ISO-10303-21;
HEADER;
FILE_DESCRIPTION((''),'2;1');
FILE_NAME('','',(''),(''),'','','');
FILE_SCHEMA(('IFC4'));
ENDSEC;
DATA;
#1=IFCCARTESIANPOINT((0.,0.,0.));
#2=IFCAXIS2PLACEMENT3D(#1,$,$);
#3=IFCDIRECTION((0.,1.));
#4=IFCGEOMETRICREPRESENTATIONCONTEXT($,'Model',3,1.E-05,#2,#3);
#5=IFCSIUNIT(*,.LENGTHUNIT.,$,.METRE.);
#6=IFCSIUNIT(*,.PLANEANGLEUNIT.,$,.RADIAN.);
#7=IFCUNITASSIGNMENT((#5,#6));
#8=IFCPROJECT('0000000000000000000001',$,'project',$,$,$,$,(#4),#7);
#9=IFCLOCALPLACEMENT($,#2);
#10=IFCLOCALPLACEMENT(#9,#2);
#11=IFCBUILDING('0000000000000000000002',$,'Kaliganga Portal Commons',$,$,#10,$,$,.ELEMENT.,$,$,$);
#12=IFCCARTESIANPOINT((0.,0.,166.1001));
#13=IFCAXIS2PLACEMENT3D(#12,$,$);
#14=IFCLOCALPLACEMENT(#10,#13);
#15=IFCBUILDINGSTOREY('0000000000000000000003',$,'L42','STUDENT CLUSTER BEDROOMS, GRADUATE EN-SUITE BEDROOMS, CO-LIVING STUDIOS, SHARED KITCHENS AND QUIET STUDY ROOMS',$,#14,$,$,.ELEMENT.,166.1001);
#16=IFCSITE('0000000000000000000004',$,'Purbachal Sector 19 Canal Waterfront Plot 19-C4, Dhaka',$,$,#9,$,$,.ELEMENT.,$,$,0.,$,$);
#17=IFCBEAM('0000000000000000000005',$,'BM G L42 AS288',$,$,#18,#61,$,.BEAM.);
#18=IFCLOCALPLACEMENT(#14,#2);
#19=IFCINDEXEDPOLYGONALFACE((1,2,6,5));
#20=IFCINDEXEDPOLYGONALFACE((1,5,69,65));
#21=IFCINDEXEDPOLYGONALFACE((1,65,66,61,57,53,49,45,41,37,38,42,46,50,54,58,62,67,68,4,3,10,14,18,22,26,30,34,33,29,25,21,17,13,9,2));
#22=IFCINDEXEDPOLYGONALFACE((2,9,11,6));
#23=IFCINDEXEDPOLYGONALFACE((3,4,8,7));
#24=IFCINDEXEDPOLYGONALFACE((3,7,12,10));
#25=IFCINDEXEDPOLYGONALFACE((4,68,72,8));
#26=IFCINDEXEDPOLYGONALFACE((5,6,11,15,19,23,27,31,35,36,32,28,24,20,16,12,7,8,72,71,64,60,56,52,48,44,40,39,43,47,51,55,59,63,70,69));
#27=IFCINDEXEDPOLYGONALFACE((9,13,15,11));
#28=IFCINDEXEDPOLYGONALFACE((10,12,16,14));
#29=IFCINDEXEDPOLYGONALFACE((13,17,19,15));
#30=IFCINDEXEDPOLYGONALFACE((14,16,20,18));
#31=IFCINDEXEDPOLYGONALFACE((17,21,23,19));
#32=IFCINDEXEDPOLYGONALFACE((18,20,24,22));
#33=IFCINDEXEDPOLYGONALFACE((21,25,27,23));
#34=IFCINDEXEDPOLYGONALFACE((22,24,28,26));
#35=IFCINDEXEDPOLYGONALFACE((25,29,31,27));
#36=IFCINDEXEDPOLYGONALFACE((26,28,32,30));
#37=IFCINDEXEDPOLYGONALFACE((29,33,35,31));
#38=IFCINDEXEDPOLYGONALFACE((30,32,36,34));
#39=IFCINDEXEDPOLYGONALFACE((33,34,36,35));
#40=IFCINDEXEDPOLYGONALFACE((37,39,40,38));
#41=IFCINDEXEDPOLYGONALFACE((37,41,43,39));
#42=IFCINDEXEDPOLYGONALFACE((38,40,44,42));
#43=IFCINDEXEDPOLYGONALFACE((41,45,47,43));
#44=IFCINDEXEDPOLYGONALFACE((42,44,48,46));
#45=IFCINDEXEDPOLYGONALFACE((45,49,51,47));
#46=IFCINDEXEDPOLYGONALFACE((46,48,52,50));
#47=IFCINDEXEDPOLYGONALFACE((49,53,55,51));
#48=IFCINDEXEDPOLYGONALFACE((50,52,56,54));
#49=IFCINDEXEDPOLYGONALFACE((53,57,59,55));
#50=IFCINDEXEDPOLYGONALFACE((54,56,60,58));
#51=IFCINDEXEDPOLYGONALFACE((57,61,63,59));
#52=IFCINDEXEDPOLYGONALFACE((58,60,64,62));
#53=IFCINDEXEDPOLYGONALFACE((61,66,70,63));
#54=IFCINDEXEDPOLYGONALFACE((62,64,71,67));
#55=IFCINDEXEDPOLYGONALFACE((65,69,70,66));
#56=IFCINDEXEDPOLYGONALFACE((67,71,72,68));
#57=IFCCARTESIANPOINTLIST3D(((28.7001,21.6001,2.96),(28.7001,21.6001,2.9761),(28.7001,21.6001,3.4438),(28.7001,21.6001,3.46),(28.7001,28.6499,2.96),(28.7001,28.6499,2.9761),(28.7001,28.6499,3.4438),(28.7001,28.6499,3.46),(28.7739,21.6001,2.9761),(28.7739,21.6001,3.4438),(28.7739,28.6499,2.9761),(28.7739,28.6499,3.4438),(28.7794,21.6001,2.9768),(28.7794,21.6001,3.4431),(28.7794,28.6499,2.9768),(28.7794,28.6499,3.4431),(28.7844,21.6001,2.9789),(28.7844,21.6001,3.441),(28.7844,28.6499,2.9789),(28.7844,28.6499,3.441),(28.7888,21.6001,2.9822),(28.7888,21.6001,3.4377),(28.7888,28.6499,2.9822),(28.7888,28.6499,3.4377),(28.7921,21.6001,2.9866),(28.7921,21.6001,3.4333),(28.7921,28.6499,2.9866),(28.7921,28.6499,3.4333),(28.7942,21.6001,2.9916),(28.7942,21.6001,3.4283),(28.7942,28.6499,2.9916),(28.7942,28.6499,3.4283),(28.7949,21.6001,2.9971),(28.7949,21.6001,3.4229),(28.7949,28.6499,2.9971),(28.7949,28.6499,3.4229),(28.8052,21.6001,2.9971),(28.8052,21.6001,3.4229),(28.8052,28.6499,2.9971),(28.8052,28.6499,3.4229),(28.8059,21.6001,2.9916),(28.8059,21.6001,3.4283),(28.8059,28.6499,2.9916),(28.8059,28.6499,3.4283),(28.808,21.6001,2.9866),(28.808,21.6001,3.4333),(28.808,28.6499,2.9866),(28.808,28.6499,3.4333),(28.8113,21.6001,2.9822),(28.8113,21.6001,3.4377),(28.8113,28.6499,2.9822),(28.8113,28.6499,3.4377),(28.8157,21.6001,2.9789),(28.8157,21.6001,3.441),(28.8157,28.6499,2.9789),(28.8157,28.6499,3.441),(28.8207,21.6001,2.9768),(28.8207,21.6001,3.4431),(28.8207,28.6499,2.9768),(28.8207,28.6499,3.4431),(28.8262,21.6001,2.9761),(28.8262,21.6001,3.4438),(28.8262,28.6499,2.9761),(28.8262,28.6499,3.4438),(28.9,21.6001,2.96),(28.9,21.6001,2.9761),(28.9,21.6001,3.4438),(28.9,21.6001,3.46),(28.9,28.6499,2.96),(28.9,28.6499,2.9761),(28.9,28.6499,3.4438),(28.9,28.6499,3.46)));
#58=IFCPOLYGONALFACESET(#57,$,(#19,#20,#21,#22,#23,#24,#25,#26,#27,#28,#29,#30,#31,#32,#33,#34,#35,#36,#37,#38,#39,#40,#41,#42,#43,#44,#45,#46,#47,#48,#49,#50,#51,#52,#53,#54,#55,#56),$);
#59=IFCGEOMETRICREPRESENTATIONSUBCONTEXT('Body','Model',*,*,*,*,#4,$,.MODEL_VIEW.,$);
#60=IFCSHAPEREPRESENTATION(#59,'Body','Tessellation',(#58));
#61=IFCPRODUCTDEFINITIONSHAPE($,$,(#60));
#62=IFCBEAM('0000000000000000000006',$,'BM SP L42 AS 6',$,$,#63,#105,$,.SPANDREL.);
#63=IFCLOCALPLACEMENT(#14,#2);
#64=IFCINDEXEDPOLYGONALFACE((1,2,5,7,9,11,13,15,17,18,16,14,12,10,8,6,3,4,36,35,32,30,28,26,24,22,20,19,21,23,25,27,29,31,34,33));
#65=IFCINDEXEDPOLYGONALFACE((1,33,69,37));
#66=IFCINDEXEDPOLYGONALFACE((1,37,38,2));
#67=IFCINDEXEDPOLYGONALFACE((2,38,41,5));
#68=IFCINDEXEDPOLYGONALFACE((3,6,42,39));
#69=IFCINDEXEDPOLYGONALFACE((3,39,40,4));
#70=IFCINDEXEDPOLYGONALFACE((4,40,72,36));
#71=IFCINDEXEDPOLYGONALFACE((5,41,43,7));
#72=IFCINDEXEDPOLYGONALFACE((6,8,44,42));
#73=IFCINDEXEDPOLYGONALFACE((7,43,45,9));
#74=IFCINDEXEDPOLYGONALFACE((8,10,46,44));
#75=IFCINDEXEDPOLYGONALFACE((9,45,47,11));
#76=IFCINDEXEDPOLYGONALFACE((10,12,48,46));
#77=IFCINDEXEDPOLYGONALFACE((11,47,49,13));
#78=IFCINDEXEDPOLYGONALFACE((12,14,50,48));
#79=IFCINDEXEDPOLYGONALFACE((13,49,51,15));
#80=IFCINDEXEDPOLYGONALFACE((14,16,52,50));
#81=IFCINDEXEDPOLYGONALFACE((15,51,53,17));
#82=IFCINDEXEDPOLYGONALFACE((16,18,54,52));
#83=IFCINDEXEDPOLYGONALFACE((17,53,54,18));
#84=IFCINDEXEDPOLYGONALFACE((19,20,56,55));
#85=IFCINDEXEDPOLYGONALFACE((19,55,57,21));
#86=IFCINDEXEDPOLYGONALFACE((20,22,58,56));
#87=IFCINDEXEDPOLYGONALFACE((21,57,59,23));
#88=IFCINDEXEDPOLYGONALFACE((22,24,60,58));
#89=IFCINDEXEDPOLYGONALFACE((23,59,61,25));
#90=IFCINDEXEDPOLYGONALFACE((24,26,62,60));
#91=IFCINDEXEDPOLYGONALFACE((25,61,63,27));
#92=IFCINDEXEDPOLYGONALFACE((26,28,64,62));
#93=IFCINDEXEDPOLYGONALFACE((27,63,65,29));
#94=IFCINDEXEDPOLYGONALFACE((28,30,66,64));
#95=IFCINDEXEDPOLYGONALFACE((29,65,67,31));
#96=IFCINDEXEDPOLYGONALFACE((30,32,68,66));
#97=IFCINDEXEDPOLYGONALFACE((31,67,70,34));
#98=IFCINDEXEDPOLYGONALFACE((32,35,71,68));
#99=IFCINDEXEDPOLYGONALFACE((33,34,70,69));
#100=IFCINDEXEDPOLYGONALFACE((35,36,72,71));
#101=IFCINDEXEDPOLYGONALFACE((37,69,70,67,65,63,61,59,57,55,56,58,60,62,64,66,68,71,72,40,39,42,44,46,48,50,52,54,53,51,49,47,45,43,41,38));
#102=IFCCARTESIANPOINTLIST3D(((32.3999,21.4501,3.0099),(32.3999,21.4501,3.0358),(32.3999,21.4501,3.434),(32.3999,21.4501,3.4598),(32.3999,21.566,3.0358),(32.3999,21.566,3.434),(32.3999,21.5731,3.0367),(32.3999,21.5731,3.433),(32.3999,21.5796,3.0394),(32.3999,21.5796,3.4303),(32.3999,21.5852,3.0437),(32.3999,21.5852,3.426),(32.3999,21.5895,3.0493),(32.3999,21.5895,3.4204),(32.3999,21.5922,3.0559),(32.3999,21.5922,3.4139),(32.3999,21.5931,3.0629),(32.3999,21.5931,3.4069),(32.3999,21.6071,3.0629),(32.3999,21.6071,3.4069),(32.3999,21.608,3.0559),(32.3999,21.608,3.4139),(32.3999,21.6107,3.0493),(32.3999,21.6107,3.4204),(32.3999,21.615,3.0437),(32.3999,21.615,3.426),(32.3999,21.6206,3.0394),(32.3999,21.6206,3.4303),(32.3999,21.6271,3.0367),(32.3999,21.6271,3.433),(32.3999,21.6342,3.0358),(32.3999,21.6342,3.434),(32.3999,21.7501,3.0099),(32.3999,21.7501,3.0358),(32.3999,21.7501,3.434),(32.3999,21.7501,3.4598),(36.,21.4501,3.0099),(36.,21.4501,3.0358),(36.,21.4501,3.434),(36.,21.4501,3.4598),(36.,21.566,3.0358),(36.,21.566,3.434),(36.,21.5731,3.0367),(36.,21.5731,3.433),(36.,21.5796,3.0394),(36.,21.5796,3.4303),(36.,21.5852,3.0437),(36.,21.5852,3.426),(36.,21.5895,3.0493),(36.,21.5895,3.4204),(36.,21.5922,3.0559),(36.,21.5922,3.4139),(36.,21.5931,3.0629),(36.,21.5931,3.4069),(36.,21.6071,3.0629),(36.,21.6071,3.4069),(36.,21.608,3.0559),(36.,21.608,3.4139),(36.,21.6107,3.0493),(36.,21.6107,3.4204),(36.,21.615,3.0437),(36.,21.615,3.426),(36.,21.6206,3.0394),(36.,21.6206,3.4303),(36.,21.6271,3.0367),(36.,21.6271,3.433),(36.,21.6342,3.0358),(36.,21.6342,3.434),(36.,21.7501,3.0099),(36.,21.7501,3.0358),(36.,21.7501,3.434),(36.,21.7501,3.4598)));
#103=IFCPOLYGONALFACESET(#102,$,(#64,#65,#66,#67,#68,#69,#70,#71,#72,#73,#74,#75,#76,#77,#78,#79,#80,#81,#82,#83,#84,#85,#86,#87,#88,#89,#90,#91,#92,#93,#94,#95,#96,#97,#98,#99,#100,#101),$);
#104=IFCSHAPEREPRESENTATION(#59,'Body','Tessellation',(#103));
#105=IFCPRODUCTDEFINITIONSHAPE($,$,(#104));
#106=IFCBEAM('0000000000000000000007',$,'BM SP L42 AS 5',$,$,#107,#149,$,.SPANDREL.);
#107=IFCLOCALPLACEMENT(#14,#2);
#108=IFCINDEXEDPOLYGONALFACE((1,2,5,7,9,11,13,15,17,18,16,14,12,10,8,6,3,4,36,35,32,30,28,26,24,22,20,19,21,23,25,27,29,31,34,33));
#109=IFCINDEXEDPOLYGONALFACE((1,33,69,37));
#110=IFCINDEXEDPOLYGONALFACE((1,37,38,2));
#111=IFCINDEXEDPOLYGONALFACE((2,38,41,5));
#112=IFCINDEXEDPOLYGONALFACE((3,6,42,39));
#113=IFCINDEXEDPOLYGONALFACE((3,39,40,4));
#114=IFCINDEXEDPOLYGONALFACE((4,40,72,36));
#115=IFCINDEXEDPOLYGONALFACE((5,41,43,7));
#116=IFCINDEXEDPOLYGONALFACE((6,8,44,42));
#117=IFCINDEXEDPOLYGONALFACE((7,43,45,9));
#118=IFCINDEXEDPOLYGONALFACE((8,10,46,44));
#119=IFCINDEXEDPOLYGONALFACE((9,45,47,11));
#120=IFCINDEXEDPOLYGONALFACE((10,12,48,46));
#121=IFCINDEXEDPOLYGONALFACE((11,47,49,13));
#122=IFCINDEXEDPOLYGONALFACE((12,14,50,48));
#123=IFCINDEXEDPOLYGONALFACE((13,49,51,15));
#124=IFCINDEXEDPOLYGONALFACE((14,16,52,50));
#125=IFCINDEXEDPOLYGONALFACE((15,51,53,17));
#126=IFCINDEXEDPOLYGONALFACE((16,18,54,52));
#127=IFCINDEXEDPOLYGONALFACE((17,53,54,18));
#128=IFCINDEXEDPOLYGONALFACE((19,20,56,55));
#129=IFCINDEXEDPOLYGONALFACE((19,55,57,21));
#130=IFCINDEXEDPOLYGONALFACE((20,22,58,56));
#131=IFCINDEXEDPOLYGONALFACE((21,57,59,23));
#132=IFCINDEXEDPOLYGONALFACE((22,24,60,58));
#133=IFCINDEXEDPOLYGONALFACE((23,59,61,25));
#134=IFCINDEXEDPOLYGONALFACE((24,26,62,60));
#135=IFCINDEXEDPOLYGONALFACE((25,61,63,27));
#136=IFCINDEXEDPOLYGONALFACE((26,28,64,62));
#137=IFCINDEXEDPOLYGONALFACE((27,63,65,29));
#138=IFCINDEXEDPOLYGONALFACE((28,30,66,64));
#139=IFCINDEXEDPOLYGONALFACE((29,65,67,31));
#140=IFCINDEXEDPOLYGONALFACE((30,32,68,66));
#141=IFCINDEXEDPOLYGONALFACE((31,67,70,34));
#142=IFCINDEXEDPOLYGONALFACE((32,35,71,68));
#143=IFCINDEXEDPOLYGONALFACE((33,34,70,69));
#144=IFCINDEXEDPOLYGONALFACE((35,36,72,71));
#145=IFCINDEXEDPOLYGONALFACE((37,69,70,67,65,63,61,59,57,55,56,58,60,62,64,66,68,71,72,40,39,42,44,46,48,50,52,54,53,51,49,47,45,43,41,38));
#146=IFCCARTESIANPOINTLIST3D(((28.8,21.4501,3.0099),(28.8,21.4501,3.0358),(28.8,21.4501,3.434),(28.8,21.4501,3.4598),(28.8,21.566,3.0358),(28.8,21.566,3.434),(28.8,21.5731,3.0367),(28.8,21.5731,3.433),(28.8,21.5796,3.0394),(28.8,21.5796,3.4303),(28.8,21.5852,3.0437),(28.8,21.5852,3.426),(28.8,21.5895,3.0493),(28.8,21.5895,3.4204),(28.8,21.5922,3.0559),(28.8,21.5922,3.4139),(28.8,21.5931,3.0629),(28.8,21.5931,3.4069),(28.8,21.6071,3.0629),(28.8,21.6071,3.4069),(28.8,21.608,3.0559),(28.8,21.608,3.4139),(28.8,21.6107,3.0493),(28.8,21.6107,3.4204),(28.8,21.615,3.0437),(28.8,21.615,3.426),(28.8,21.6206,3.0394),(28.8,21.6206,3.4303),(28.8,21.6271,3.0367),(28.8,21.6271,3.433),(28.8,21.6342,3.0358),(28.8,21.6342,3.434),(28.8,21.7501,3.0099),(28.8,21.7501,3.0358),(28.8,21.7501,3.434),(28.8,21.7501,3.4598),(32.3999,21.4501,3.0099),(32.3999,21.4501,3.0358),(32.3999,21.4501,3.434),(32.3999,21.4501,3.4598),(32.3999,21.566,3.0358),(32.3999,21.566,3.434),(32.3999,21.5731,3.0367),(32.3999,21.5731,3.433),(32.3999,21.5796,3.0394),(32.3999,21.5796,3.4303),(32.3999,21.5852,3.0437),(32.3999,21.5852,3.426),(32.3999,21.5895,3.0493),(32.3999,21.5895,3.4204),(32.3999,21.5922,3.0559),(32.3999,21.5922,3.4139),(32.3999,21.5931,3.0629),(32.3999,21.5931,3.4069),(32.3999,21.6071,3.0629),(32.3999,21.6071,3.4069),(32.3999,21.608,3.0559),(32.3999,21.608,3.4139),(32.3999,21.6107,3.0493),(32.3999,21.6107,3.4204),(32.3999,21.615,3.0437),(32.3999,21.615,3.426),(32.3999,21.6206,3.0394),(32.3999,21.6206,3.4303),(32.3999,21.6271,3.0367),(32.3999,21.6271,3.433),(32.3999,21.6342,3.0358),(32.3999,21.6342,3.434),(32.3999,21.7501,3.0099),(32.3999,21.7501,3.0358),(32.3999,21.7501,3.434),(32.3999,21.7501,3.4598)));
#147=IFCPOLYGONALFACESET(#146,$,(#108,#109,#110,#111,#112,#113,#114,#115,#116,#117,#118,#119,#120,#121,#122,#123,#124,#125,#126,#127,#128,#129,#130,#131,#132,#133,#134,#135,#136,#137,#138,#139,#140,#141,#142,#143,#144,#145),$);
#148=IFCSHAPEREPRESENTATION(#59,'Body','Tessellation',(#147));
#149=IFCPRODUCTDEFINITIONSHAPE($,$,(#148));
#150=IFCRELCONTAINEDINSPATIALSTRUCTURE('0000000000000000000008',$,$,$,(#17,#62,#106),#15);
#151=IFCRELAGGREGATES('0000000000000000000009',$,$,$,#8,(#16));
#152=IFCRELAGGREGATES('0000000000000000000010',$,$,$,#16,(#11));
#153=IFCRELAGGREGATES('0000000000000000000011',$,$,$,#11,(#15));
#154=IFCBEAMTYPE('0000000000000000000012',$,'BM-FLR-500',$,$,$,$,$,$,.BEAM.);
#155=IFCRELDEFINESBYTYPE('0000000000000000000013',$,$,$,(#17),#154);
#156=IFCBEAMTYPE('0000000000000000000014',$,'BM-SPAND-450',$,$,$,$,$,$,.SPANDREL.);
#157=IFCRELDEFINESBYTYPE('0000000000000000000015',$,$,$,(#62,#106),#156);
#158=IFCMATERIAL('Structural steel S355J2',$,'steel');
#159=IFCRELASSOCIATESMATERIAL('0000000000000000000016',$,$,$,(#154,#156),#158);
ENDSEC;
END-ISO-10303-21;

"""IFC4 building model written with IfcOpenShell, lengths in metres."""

from ifc_helpers import new_model, si_unit, direction, frame, origin, origin_2d, place, context, subcontext, project, spatial, i_section, extrude, source, transform, mapped, material, material_profile, profile_set, type_object, element, save


model = new_model("IFC4")

# Units and contexts
model_context = context("Model", 3, precision=1e-05, world=origin(), true_north=direction((0.0, 1.0)))
body_context = subcontext(model_context, "Body", "Model", "MODEL_VIEW")
ifc_project = project(units=[si_unit("LENGTHUNIT", "METRE"), si_unit("PLANEANGLEUNIT", "RADIAN")], contexts=[model_context])

# Site, building, storey
site_placement = place(None, origin())
site = spatial("IfcSite", under=ifc_project, at=site_placement, Name="Purbachal Sector 19 Canal Waterfront Plot 19-C4, Dhaka", CompositionType="ELEMENT", RefElevation=0.0)
building_placement = place(site_placement, origin())
building = spatial("IfcBuilding", under=site, at=building_placement, Name="Kaliganga Portal Commons", CompositionType="ELEMENT")
storey_placement = place(building_placement, frame((0.0, 0.0, 166.1001)))
storey = spatial("IfcBuildingStorey", under=building, at=storey_placement, Name="L42", Description="STUDENT CLUSTER BEDROOMS, GRADUATE EN-SUITE BEDROOMS, CO-LIVING STUDIOS, SHARED KITCHENS AND QUIET STUDY ROOMS", CompositionType="ELEMENT", Elevation=166.1001)

# Beams
ifc_material_1 = material(Name="Structural steel S355J2", Category="steel")
ifc_material_profile_1 = material_profile(ifc_material_1, i_section(OverallWidth=0.2, OverallDepth=0.5, WebThickness=0.0103, FlangeThickness=0.0161, FilletRadius=0.021, at=origin_2d()), Name="IPE 500")
ifc_profile_set_1 = profile_set([ifc_material_profile_1], Name="Structural steel S355J2 wide-flange")
beam_type_1 = type_object("IfcBeamType", Name="BM-FLR-500", PredefinedType="BEAM", material=ifc_profile_set_1)
shared_shape_1 = source(origin(), body_context, "Body", "SweptSolid", [
    extrude(i_section(OverallWidth=0.2, OverallDepth=0.5, WebThickness=0.0103, FlangeThickness=0.0161, FilletRadius=0.021, at=origin_2d()), origin(), (0.0, 0.0, 1.0), 7.0498),
])
beam_1_placement = place(storey_placement, frame((28.8, 21.6001, 3.21), z_axis=(0.0, 1.0, 0.0), x_axis=(-1.0, 0.0, 0.0)))
element("IfcBeam", 1, at=beam_1_placement, inside=storey, type_object=beam_type_1, Name="BM G L42 AS288", PredefinedType="BEAM", context=body_context, shape_type="MappedRepresentation", body=[
    mapped(shared_shape_1, transform((0.0, 0.0, 0.0), x_axis=(1.0, 0.0, 0.0), y_axis=(0.0, 1.0, 0.0), z_axis=(0.0, 0.0, 1.0), scale=1.0)),
])
ifc_material_profile_2 = material_profile(ifc_material_1, i_section(OverallWidth=0.3, OverallDepth=0.45, WebThickness=0.0139, FlangeThickness=0.0259, FilletRadius=0.0271, at=origin_2d()), Name="HE 450 B")
ifc_profile_set_2 = profile_set([ifc_material_profile_2], Name="Structural steel S355J2 wide-flange")
beam_type_2 = type_object("IfcBeamType", Name="BM-SPAND-450", PredefinedType="SPANDREL", material=ifc_profile_set_2)
shared_shape_2 = source(origin(), body_context, "Body", "SweptSolid", [
    extrude(i_section(OverallWidth=0.3, OverallDepth=0.45, WebThickness=0.0139, FlangeThickness=0.0259, FilletRadius=0.0271, at=origin_2d()), origin(), (0.0, 0.0, 1.0), 3.6001),
])
beam_2_placement = place(storey_placement, frame((32.3999, 21.6001, 3.2349), z_axis=(1.0, 0.0, 0.0), x_axis=(0.0, 1.0, 0.0)))
element("IfcBeam", 2, at=beam_2_placement, inside=storey, type_object=beam_type_2, Name="BM SP L42 AS 6", PredefinedType="SPANDREL", context=body_context, shape_type="MappedRepresentation", body=[
    mapped(shared_shape_2, transform((0.0, 0.0, 0.0), x_axis=(1.0, 0.0, 0.0), y_axis=(0.0, 1.0, 0.0), z_axis=(0.0, 0.0, 1.0), scale=1.0)),
])
shared_shape_3 = source(origin(), body_context, "Body", "SweptSolid", [
    extrude(i_section(OverallWidth=0.3, OverallDepth=0.45, WebThickness=0.0139, FlangeThickness=0.0259, FilletRadius=0.0271, at=origin_2d()), origin(), (0.0, 0.0, 1.0), 3.5999),
])
beam_3_placement = place(storey_placement, frame((28.8, 21.6001, 3.2349), z_axis=(1.0, 0.0, 0.0), x_axis=(0.0, 1.0, 0.0)))
element("IfcBeam", 3, at=beam_3_placement, inside=storey, type_object=beam_type_2, Name="BM SP L42 AS 5", PredefinedType="SPANDREL", context=body_context, shape_type="MappedRepresentation", body=[
    mapped(shared_shape_3, transform((0.0, 0.0, 0.0), x_axis=(1.0, 0.0, 0.0), y_axis=(0.0, 1.0, 0.0), z_axis=(0.0, 0.0, 1.0), scale=1.0)),
])

save(model, "model.ifc")
